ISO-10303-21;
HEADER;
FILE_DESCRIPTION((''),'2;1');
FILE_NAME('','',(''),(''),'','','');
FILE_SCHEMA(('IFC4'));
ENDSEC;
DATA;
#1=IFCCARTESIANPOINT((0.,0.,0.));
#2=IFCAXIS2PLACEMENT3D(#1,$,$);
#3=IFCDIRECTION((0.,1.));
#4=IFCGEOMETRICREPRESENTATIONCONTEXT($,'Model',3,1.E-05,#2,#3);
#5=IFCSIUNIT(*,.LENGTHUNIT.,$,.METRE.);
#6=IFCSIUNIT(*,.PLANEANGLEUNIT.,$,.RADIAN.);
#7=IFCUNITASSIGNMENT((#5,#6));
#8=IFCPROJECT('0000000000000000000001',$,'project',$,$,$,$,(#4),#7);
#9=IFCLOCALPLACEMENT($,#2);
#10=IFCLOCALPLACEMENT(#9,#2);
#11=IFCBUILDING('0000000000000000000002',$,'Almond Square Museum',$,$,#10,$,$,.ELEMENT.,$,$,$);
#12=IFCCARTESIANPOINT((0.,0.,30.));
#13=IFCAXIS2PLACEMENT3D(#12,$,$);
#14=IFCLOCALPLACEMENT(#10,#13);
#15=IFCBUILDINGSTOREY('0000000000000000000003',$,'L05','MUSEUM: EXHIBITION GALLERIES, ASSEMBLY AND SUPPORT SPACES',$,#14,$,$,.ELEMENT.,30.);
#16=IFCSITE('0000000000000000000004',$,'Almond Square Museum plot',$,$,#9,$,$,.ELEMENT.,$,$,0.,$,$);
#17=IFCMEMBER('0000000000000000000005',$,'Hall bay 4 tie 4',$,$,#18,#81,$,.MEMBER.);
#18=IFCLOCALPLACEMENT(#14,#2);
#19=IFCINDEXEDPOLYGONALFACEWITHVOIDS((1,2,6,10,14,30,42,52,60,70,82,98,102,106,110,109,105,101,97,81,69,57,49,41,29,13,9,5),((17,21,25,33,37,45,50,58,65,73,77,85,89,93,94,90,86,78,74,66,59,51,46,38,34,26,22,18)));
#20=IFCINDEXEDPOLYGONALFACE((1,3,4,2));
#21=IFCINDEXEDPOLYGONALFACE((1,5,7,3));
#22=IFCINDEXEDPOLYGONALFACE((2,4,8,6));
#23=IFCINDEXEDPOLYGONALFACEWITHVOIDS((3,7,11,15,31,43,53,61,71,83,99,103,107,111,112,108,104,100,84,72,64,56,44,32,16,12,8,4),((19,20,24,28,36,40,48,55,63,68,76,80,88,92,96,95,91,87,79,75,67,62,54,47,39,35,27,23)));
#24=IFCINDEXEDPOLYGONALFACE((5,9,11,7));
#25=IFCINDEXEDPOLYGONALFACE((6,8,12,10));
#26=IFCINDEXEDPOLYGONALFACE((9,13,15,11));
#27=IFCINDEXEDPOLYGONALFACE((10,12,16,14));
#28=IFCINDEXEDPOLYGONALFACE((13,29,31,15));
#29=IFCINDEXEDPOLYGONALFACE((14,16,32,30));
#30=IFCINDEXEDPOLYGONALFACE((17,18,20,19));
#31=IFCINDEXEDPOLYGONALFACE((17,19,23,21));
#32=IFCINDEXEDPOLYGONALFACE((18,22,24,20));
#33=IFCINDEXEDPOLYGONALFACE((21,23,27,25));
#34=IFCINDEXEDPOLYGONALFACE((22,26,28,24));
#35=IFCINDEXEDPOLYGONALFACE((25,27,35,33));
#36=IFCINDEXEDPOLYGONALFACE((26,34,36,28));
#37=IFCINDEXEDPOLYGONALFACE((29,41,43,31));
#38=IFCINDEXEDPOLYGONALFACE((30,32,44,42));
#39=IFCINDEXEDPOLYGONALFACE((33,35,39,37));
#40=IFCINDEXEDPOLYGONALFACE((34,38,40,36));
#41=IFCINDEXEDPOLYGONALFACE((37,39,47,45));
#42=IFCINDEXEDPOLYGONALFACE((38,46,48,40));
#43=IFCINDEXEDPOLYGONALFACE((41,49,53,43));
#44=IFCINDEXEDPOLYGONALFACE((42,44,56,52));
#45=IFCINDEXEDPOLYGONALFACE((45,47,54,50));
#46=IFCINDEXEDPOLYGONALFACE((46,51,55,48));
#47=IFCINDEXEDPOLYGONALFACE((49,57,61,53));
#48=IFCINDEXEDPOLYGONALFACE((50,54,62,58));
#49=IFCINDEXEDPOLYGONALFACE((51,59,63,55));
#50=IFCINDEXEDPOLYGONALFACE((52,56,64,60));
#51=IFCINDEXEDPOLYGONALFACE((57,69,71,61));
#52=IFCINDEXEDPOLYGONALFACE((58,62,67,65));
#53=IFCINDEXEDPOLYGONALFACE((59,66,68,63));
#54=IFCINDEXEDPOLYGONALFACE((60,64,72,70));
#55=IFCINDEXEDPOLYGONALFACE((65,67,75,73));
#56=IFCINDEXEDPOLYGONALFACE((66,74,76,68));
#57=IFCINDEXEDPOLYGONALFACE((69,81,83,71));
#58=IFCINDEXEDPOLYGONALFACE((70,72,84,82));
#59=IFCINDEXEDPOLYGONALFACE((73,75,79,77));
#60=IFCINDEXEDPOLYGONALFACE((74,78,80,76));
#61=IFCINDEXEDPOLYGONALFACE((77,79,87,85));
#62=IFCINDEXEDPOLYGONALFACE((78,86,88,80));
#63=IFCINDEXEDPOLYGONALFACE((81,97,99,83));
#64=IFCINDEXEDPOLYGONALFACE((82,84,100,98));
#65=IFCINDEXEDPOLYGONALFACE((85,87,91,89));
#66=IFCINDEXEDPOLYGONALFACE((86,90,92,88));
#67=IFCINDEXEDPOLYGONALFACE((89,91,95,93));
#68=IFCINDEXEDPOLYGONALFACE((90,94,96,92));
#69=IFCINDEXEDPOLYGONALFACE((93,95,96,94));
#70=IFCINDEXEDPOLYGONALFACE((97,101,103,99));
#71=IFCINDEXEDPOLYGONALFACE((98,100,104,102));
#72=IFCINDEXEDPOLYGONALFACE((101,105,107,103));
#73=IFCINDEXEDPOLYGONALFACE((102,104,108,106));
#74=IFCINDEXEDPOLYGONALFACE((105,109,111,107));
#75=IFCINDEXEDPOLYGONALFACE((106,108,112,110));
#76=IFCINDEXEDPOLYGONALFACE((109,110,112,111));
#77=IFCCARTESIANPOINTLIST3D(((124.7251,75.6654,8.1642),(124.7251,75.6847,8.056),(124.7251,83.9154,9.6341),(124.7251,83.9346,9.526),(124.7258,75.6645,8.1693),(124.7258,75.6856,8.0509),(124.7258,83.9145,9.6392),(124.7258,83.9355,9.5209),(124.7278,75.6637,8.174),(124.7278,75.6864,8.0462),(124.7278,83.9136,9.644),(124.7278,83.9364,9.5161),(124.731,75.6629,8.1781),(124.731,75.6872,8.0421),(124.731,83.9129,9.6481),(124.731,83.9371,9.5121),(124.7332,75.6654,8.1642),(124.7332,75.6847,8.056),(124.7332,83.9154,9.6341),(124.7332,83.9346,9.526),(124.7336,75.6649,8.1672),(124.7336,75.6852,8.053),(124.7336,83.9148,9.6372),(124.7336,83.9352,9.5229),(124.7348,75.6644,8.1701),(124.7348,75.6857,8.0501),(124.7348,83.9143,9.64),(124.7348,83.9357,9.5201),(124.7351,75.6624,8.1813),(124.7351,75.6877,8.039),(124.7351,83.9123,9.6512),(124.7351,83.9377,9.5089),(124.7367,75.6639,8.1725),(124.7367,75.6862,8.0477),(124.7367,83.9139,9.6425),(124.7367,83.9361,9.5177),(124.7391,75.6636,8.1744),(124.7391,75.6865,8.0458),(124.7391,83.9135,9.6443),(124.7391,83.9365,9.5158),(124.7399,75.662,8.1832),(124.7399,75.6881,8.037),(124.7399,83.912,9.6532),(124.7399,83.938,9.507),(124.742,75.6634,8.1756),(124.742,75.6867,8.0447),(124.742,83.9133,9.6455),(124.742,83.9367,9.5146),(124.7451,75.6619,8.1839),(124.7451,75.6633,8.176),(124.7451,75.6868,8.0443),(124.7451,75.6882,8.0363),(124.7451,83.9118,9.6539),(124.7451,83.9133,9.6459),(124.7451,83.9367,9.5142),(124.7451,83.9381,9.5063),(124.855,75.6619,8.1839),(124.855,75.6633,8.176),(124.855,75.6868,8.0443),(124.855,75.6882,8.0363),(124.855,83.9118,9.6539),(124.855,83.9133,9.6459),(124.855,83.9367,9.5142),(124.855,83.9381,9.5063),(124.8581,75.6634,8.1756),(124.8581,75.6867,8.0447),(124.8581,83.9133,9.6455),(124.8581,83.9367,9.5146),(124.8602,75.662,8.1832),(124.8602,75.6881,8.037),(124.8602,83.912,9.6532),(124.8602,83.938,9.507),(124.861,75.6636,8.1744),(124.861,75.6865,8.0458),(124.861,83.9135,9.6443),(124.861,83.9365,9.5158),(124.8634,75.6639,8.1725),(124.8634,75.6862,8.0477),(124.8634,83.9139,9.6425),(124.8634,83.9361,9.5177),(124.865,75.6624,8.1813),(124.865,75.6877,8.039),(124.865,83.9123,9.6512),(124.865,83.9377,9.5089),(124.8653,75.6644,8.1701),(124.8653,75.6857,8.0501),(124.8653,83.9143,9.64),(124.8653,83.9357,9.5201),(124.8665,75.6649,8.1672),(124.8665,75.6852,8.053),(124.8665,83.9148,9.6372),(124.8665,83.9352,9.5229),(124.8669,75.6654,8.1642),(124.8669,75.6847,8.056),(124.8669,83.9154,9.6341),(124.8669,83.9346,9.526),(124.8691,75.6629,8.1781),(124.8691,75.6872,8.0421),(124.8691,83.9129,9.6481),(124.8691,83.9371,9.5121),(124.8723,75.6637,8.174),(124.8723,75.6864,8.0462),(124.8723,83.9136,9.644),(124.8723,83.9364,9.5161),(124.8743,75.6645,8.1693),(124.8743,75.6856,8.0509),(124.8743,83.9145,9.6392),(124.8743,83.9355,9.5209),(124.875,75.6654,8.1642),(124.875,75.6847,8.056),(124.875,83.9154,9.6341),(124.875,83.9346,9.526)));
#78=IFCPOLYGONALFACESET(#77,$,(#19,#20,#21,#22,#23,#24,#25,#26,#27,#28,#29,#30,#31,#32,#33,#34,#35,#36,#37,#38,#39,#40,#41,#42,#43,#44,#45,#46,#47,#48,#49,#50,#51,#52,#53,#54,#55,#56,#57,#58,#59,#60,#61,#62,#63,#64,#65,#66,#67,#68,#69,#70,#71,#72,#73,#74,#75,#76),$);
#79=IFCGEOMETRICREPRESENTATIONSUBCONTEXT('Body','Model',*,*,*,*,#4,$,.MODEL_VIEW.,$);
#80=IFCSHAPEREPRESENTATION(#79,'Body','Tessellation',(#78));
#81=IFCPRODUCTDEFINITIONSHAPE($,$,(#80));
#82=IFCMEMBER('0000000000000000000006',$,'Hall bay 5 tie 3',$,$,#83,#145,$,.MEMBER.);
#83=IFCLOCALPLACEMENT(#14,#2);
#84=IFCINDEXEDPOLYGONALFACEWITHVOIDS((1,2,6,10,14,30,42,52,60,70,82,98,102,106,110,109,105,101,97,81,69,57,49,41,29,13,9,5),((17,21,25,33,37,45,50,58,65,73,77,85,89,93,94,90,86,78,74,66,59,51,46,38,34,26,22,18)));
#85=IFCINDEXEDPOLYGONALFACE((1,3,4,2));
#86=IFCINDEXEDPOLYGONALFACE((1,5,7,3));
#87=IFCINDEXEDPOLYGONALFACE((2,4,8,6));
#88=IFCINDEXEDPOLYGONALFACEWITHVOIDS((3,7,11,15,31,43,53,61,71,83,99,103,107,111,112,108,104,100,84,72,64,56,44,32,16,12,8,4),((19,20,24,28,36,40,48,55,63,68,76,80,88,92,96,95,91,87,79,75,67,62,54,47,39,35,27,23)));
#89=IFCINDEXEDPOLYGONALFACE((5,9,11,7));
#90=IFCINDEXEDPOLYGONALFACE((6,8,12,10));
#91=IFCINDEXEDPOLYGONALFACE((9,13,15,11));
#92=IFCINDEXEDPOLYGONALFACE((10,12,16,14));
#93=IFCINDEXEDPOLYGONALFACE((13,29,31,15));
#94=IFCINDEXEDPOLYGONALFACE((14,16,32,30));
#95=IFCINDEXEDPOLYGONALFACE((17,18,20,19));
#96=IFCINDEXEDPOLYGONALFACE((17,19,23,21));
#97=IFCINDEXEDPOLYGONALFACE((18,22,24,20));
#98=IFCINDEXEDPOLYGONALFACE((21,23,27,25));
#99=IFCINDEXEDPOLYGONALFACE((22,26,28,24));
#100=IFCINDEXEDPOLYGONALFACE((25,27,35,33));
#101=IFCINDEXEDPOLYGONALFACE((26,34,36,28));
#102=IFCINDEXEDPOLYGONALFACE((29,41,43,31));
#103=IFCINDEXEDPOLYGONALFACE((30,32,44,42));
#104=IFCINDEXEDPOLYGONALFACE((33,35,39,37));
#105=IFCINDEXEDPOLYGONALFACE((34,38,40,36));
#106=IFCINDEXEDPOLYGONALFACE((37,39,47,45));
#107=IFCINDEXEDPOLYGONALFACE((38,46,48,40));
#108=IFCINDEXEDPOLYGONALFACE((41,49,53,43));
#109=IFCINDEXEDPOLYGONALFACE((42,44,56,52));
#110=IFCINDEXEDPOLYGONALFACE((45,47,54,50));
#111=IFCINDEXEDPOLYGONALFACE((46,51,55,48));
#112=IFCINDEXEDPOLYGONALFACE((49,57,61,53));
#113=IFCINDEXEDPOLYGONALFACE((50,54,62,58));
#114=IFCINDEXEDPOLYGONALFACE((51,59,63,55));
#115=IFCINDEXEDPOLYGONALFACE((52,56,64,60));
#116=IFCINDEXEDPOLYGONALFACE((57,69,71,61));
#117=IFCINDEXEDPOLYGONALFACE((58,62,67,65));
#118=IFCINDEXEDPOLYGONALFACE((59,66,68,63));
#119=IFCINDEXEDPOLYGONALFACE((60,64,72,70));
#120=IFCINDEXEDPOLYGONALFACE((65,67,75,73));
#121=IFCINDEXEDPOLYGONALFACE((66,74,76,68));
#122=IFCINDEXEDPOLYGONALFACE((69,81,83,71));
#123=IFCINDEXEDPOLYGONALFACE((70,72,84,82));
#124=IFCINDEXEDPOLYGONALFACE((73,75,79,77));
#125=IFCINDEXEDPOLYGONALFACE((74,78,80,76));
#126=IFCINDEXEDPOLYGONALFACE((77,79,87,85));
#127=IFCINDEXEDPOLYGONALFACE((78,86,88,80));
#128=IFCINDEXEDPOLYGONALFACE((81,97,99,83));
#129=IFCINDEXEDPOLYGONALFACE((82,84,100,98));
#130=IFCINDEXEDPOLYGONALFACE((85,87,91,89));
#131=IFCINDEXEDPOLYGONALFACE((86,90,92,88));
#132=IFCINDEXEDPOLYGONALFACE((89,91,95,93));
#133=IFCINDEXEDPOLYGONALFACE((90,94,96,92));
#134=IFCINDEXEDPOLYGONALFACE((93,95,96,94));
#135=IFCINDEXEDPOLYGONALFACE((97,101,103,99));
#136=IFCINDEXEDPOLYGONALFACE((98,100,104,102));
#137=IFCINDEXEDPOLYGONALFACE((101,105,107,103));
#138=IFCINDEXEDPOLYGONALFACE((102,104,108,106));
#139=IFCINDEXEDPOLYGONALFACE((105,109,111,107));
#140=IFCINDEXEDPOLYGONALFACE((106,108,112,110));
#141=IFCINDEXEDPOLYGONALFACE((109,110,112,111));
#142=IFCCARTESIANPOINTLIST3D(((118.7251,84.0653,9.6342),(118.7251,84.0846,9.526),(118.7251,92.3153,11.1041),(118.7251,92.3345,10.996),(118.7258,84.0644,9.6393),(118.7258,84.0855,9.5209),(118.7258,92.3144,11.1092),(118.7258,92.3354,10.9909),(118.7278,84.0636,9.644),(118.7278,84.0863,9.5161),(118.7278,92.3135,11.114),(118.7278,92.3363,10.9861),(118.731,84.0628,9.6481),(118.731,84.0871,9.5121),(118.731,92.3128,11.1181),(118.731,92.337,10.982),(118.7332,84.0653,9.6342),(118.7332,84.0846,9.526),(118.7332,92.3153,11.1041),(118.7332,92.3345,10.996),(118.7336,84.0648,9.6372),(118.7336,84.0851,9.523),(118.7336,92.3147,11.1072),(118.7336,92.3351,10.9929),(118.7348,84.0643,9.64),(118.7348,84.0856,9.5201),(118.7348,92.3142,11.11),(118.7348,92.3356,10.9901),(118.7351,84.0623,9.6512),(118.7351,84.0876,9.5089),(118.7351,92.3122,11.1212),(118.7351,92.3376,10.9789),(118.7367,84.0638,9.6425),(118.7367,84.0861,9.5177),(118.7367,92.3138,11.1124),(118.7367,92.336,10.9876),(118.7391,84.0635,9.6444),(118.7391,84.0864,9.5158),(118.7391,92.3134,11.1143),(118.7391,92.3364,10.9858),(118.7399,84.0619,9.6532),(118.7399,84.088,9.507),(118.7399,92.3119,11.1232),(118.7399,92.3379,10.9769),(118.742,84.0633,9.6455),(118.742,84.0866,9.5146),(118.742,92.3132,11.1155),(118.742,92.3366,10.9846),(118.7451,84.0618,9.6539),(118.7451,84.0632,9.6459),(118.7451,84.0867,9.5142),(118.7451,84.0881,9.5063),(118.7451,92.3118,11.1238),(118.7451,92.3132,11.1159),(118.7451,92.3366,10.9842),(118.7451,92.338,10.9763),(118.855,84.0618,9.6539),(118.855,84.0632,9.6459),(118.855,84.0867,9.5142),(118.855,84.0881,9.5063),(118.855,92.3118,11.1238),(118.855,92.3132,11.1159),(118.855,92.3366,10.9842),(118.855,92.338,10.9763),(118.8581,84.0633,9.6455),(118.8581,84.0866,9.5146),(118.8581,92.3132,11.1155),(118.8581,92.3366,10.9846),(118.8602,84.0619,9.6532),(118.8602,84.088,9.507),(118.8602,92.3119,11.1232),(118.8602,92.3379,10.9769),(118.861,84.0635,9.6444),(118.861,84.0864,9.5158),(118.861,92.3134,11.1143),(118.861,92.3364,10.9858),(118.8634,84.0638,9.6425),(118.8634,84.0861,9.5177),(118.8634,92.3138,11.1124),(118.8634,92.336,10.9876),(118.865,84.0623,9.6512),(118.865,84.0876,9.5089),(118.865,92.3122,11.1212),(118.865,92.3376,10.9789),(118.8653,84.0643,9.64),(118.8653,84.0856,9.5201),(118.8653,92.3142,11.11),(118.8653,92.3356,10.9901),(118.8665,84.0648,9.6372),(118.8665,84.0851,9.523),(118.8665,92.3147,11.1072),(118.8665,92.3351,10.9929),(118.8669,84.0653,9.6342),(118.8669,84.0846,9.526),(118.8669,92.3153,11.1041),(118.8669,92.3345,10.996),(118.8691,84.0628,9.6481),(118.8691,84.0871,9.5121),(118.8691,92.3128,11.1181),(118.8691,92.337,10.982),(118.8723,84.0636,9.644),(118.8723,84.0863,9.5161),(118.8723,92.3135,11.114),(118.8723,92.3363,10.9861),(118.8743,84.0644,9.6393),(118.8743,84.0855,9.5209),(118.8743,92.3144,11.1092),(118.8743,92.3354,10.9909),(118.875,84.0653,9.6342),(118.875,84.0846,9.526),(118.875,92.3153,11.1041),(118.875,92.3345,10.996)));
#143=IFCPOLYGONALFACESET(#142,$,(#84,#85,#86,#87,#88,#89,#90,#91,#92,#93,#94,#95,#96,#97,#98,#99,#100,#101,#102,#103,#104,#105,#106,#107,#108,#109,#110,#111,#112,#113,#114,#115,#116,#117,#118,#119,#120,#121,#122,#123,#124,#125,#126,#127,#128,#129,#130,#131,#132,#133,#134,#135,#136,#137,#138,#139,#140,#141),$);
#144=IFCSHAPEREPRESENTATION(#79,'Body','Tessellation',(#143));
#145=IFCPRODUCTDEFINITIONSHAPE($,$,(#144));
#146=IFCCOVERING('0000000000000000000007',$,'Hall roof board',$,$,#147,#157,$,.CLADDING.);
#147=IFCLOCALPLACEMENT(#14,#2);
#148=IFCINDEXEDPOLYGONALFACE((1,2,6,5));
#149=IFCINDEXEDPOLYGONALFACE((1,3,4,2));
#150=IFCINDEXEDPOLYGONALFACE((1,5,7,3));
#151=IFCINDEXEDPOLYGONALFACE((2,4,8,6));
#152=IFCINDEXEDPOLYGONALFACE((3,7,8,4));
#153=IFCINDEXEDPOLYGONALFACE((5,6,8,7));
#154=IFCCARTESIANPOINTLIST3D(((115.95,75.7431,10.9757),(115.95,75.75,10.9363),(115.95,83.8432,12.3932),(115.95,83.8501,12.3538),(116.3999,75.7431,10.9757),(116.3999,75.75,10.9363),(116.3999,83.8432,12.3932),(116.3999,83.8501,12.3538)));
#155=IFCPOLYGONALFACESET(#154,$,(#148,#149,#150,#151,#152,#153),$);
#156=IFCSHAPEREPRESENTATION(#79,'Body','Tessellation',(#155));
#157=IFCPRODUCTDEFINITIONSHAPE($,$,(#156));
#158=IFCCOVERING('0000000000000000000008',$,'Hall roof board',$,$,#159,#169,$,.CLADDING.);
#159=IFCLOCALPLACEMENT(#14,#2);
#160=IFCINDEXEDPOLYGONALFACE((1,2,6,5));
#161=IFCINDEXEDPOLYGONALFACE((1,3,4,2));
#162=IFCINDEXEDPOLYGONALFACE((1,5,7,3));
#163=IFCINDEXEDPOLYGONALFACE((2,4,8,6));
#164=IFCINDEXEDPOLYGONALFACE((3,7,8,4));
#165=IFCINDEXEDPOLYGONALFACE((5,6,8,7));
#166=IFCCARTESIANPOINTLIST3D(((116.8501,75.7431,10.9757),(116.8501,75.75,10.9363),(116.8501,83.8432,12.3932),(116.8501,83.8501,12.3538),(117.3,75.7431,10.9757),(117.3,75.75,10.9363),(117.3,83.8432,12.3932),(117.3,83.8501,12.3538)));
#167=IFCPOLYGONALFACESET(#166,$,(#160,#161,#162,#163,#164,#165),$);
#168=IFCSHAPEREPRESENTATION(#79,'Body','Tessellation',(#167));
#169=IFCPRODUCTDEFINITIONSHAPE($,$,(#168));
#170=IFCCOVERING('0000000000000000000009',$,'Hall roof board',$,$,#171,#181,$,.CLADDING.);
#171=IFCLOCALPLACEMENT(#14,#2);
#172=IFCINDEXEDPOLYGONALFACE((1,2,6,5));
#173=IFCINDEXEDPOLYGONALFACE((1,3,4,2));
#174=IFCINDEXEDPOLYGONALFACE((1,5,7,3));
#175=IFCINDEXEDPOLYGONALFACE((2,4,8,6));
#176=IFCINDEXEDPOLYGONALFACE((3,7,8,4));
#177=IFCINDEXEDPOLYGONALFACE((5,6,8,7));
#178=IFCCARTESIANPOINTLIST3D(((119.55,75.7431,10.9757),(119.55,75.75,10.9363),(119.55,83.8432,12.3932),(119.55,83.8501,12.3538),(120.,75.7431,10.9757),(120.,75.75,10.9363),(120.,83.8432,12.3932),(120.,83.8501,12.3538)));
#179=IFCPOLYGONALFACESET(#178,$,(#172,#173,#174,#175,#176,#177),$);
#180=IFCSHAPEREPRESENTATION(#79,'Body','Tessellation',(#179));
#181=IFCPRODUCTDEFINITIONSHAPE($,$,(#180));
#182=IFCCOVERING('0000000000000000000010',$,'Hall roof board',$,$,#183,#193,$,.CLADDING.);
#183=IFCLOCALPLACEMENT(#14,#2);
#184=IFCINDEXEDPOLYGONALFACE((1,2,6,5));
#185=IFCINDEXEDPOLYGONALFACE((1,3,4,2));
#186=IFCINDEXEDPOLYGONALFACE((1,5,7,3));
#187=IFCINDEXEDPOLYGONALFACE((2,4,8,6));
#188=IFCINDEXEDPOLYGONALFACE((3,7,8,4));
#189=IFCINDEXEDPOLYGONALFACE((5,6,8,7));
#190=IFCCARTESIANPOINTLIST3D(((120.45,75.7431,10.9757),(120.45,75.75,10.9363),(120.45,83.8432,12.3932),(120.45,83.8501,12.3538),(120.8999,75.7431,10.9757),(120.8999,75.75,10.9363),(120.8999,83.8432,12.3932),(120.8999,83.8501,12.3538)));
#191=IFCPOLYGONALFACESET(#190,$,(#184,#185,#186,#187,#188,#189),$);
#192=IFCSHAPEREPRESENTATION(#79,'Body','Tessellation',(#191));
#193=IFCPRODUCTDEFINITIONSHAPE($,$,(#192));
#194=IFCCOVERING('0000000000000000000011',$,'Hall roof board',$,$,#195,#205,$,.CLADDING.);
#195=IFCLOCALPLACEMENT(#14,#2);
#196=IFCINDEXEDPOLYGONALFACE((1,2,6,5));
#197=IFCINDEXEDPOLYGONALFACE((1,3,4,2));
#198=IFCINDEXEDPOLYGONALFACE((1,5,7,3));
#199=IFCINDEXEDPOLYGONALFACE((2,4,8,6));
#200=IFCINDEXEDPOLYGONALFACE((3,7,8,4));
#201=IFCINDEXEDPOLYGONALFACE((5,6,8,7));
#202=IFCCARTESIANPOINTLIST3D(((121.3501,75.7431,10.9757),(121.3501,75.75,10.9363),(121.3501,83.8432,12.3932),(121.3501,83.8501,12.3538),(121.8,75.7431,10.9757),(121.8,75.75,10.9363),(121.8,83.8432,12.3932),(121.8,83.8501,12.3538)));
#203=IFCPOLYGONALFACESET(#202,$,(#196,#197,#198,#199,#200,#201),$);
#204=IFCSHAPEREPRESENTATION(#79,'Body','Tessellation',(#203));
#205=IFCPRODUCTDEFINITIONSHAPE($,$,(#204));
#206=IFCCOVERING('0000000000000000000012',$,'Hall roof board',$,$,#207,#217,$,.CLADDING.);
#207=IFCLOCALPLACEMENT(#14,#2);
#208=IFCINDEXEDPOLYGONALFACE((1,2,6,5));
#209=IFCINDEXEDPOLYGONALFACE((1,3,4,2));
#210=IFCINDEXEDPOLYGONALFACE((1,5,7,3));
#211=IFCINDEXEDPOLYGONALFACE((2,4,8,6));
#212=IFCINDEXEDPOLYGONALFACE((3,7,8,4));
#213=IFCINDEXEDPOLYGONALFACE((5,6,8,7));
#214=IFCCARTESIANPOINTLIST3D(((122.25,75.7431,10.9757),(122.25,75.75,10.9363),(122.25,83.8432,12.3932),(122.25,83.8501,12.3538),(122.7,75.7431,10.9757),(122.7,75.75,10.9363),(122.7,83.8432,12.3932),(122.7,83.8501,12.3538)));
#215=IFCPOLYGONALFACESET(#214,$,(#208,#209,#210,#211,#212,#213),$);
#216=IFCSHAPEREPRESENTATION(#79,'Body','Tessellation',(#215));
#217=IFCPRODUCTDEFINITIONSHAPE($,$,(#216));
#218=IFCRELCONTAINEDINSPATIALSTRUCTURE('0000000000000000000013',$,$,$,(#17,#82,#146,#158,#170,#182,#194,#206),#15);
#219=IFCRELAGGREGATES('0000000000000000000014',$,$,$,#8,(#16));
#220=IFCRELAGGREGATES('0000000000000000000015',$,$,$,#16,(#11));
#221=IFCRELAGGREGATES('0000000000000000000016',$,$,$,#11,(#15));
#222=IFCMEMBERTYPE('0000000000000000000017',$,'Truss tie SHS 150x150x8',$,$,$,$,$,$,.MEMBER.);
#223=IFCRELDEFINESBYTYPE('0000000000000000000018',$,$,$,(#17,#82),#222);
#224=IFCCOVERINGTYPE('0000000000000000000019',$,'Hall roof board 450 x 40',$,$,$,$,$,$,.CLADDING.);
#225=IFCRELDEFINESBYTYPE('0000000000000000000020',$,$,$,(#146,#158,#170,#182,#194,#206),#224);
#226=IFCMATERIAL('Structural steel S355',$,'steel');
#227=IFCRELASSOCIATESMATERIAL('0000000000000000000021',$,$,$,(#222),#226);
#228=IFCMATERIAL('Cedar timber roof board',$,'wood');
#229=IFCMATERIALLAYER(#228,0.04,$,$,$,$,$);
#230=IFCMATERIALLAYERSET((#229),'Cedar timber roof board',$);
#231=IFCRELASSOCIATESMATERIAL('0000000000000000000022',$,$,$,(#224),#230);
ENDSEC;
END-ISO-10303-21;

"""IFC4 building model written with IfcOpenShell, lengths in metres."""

from ifc_helpers import new_model, si_unit, direction, frame, origin, origin_2d, place, context, subcontext, project, spatial, polyline, hollow_rectangle, outline, extrude, material, layer, layer_set, material_profile, profile_set, type_object, element, save


model = new_model("IFC4")

# Units and contexts
model_context = context("Model", 3, precision=1e-05, world=origin(), true_north=direction((0.0, 1.0)))
body_context = subcontext(model_context, "Body", "Model", "MODEL_VIEW")
ifc_project = project(units=[si_unit("LENGTHUNIT", "METRE"), si_unit("PLANEANGLEUNIT", "RADIAN")], contexts=[model_context])

# Site, building, storey
site_placement = place(None, origin())
site = spatial("IfcSite", under=ifc_project, at=site_placement, Name="Almond Square Museum plot", CompositionType="ELEMENT", RefElevation=0.0)
building_placement = place(site_placement, origin())
building = spatial("IfcBuilding", under=site, at=building_placement, Name="Almond Square Museum", CompositionType="ELEMENT")
storey_placement = place(building_placement, frame((0.0, 0.0, 30.0)))
storey = spatial("IfcBuildingStorey", under=building, at=storey_placement, Name="L05", Description="MUSEUM: EXHIBITION GALLERIES, ASSEMBLY AND SUPPORT SPACES", CompositionType="ELEMENT", Elevation=30.0)

# Members
ifc_material_1 = material(Name="Structural steel S355", Category="steel")
ifc_material_profile_1 = material_profile(ifc_material_1, hollow_rectangle(XDim=0.1499, YDim=0.1499, WallThickness=0.0081, InnerFilletRadius=0.012, OuterFilletRadius=0.02, at=origin_2d()))
ifc_profile_set_1 = profile_set([ifc_material_profile_1], Name="Structural steel S355")
member_type_1 = type_object("IfcMemberType", Name="Truss tie SHS 150x150x8", PredefinedType="MEMBER", material=ifc_profile_set_1)
for number, where, z_axis, x_axis, name in (
    (1, (124.8, 75.675, 8.1101), (0.0, 0.984494, 0.175416), (-1.0, 0.0, 0.0), "Hall bay 4 tie 4"),
    (2, (118.8, 84.075, 9.5801), (0.0, 0.984494, 0.175416), (-1.0, 0.0, 0.0), "Hall bay 5 tie 3"),
):
    element("IfcMember", number, at=place(storey_placement, frame(where, z_axis=z_axis, x_axis=x_axis)), inside=storey, type_object=member_type_1, Name=name, PredefinedType="MEMBER", context=body_context, shape_type="SweptSolid", body=[
        extrude(hollow_rectangle(XDim=0.1499, YDim=0.1499, WallThickness=0.0081, InnerFilletRadius=0.012, OuterFilletRadius=0.02, at=origin_2d()), origin(), (0.0, 0.0, 1.0), 8.3799),
    ])

# Coverings
ifc_material_2 = material(Name="Cedar timber roof board", Category="wood")
ifc_layer = layer(ifc_material_2, 0.04)
ifc_layer_set = layer_set([ifc_layer], Name="Cedar timber roof board")
covering_type = type_object("IfcCoveringType", Name="Hall roof board 450 x 40", PredefinedType="CLADDING", material=ifc_layer_set)
for number, where, z_axis, x_axis, name in (
    (3, (116.3999, 83.8501, 12.3538), (0.0, -0.172376, 0.985031), (-1.0, 0.0, 0.0), "Hall roof board"),
    (4, (117.3, 83.8501, 12.3538), (0.0, -0.172376, 0.985031), (-1.0, 0.0, 0.0), "Hall roof board"),
    (5, (120.0, 83.8501, 12.3538), (0.0, -0.172376, 0.985031), (-1.0, 0.0, 0.0), "Hall roof board"),
    (6, (120.8999, 83.8501, 12.3538), (0.0, -0.172376, 0.985031), (-1.0, 0.0, 0.0), "Hall roof board"),
    (7, (121.8, 83.8501, 12.3538), (0.0, -0.172376, 0.985031), (-1.0, 0.0, 0.0), "Hall roof board"),
    (8, (122.7, 83.8501, 12.3538), (0.0, -0.172376, 0.985031), (-1.0, 0.0, 0.0), "Hall roof board"),
):
    element("IfcCovering", number, at=place(storey_placement, frame(where, z_axis=z_axis, x_axis=x_axis)), inside=storey, type_object=covering_type, Name=name, PredefinedType="CLADDING", context=body_context, shape_type="SweptSolid", body=[
        extrude(outline(polyline([(0.0, 0.0), (0.45, 0.0), (0.45, 8.2232), (0.0, 8.2232), (0.0, 0.0)])), origin(), (0.0, 0.0, 1.0), 0.04),
    ])

save(model, "model.ifc")
